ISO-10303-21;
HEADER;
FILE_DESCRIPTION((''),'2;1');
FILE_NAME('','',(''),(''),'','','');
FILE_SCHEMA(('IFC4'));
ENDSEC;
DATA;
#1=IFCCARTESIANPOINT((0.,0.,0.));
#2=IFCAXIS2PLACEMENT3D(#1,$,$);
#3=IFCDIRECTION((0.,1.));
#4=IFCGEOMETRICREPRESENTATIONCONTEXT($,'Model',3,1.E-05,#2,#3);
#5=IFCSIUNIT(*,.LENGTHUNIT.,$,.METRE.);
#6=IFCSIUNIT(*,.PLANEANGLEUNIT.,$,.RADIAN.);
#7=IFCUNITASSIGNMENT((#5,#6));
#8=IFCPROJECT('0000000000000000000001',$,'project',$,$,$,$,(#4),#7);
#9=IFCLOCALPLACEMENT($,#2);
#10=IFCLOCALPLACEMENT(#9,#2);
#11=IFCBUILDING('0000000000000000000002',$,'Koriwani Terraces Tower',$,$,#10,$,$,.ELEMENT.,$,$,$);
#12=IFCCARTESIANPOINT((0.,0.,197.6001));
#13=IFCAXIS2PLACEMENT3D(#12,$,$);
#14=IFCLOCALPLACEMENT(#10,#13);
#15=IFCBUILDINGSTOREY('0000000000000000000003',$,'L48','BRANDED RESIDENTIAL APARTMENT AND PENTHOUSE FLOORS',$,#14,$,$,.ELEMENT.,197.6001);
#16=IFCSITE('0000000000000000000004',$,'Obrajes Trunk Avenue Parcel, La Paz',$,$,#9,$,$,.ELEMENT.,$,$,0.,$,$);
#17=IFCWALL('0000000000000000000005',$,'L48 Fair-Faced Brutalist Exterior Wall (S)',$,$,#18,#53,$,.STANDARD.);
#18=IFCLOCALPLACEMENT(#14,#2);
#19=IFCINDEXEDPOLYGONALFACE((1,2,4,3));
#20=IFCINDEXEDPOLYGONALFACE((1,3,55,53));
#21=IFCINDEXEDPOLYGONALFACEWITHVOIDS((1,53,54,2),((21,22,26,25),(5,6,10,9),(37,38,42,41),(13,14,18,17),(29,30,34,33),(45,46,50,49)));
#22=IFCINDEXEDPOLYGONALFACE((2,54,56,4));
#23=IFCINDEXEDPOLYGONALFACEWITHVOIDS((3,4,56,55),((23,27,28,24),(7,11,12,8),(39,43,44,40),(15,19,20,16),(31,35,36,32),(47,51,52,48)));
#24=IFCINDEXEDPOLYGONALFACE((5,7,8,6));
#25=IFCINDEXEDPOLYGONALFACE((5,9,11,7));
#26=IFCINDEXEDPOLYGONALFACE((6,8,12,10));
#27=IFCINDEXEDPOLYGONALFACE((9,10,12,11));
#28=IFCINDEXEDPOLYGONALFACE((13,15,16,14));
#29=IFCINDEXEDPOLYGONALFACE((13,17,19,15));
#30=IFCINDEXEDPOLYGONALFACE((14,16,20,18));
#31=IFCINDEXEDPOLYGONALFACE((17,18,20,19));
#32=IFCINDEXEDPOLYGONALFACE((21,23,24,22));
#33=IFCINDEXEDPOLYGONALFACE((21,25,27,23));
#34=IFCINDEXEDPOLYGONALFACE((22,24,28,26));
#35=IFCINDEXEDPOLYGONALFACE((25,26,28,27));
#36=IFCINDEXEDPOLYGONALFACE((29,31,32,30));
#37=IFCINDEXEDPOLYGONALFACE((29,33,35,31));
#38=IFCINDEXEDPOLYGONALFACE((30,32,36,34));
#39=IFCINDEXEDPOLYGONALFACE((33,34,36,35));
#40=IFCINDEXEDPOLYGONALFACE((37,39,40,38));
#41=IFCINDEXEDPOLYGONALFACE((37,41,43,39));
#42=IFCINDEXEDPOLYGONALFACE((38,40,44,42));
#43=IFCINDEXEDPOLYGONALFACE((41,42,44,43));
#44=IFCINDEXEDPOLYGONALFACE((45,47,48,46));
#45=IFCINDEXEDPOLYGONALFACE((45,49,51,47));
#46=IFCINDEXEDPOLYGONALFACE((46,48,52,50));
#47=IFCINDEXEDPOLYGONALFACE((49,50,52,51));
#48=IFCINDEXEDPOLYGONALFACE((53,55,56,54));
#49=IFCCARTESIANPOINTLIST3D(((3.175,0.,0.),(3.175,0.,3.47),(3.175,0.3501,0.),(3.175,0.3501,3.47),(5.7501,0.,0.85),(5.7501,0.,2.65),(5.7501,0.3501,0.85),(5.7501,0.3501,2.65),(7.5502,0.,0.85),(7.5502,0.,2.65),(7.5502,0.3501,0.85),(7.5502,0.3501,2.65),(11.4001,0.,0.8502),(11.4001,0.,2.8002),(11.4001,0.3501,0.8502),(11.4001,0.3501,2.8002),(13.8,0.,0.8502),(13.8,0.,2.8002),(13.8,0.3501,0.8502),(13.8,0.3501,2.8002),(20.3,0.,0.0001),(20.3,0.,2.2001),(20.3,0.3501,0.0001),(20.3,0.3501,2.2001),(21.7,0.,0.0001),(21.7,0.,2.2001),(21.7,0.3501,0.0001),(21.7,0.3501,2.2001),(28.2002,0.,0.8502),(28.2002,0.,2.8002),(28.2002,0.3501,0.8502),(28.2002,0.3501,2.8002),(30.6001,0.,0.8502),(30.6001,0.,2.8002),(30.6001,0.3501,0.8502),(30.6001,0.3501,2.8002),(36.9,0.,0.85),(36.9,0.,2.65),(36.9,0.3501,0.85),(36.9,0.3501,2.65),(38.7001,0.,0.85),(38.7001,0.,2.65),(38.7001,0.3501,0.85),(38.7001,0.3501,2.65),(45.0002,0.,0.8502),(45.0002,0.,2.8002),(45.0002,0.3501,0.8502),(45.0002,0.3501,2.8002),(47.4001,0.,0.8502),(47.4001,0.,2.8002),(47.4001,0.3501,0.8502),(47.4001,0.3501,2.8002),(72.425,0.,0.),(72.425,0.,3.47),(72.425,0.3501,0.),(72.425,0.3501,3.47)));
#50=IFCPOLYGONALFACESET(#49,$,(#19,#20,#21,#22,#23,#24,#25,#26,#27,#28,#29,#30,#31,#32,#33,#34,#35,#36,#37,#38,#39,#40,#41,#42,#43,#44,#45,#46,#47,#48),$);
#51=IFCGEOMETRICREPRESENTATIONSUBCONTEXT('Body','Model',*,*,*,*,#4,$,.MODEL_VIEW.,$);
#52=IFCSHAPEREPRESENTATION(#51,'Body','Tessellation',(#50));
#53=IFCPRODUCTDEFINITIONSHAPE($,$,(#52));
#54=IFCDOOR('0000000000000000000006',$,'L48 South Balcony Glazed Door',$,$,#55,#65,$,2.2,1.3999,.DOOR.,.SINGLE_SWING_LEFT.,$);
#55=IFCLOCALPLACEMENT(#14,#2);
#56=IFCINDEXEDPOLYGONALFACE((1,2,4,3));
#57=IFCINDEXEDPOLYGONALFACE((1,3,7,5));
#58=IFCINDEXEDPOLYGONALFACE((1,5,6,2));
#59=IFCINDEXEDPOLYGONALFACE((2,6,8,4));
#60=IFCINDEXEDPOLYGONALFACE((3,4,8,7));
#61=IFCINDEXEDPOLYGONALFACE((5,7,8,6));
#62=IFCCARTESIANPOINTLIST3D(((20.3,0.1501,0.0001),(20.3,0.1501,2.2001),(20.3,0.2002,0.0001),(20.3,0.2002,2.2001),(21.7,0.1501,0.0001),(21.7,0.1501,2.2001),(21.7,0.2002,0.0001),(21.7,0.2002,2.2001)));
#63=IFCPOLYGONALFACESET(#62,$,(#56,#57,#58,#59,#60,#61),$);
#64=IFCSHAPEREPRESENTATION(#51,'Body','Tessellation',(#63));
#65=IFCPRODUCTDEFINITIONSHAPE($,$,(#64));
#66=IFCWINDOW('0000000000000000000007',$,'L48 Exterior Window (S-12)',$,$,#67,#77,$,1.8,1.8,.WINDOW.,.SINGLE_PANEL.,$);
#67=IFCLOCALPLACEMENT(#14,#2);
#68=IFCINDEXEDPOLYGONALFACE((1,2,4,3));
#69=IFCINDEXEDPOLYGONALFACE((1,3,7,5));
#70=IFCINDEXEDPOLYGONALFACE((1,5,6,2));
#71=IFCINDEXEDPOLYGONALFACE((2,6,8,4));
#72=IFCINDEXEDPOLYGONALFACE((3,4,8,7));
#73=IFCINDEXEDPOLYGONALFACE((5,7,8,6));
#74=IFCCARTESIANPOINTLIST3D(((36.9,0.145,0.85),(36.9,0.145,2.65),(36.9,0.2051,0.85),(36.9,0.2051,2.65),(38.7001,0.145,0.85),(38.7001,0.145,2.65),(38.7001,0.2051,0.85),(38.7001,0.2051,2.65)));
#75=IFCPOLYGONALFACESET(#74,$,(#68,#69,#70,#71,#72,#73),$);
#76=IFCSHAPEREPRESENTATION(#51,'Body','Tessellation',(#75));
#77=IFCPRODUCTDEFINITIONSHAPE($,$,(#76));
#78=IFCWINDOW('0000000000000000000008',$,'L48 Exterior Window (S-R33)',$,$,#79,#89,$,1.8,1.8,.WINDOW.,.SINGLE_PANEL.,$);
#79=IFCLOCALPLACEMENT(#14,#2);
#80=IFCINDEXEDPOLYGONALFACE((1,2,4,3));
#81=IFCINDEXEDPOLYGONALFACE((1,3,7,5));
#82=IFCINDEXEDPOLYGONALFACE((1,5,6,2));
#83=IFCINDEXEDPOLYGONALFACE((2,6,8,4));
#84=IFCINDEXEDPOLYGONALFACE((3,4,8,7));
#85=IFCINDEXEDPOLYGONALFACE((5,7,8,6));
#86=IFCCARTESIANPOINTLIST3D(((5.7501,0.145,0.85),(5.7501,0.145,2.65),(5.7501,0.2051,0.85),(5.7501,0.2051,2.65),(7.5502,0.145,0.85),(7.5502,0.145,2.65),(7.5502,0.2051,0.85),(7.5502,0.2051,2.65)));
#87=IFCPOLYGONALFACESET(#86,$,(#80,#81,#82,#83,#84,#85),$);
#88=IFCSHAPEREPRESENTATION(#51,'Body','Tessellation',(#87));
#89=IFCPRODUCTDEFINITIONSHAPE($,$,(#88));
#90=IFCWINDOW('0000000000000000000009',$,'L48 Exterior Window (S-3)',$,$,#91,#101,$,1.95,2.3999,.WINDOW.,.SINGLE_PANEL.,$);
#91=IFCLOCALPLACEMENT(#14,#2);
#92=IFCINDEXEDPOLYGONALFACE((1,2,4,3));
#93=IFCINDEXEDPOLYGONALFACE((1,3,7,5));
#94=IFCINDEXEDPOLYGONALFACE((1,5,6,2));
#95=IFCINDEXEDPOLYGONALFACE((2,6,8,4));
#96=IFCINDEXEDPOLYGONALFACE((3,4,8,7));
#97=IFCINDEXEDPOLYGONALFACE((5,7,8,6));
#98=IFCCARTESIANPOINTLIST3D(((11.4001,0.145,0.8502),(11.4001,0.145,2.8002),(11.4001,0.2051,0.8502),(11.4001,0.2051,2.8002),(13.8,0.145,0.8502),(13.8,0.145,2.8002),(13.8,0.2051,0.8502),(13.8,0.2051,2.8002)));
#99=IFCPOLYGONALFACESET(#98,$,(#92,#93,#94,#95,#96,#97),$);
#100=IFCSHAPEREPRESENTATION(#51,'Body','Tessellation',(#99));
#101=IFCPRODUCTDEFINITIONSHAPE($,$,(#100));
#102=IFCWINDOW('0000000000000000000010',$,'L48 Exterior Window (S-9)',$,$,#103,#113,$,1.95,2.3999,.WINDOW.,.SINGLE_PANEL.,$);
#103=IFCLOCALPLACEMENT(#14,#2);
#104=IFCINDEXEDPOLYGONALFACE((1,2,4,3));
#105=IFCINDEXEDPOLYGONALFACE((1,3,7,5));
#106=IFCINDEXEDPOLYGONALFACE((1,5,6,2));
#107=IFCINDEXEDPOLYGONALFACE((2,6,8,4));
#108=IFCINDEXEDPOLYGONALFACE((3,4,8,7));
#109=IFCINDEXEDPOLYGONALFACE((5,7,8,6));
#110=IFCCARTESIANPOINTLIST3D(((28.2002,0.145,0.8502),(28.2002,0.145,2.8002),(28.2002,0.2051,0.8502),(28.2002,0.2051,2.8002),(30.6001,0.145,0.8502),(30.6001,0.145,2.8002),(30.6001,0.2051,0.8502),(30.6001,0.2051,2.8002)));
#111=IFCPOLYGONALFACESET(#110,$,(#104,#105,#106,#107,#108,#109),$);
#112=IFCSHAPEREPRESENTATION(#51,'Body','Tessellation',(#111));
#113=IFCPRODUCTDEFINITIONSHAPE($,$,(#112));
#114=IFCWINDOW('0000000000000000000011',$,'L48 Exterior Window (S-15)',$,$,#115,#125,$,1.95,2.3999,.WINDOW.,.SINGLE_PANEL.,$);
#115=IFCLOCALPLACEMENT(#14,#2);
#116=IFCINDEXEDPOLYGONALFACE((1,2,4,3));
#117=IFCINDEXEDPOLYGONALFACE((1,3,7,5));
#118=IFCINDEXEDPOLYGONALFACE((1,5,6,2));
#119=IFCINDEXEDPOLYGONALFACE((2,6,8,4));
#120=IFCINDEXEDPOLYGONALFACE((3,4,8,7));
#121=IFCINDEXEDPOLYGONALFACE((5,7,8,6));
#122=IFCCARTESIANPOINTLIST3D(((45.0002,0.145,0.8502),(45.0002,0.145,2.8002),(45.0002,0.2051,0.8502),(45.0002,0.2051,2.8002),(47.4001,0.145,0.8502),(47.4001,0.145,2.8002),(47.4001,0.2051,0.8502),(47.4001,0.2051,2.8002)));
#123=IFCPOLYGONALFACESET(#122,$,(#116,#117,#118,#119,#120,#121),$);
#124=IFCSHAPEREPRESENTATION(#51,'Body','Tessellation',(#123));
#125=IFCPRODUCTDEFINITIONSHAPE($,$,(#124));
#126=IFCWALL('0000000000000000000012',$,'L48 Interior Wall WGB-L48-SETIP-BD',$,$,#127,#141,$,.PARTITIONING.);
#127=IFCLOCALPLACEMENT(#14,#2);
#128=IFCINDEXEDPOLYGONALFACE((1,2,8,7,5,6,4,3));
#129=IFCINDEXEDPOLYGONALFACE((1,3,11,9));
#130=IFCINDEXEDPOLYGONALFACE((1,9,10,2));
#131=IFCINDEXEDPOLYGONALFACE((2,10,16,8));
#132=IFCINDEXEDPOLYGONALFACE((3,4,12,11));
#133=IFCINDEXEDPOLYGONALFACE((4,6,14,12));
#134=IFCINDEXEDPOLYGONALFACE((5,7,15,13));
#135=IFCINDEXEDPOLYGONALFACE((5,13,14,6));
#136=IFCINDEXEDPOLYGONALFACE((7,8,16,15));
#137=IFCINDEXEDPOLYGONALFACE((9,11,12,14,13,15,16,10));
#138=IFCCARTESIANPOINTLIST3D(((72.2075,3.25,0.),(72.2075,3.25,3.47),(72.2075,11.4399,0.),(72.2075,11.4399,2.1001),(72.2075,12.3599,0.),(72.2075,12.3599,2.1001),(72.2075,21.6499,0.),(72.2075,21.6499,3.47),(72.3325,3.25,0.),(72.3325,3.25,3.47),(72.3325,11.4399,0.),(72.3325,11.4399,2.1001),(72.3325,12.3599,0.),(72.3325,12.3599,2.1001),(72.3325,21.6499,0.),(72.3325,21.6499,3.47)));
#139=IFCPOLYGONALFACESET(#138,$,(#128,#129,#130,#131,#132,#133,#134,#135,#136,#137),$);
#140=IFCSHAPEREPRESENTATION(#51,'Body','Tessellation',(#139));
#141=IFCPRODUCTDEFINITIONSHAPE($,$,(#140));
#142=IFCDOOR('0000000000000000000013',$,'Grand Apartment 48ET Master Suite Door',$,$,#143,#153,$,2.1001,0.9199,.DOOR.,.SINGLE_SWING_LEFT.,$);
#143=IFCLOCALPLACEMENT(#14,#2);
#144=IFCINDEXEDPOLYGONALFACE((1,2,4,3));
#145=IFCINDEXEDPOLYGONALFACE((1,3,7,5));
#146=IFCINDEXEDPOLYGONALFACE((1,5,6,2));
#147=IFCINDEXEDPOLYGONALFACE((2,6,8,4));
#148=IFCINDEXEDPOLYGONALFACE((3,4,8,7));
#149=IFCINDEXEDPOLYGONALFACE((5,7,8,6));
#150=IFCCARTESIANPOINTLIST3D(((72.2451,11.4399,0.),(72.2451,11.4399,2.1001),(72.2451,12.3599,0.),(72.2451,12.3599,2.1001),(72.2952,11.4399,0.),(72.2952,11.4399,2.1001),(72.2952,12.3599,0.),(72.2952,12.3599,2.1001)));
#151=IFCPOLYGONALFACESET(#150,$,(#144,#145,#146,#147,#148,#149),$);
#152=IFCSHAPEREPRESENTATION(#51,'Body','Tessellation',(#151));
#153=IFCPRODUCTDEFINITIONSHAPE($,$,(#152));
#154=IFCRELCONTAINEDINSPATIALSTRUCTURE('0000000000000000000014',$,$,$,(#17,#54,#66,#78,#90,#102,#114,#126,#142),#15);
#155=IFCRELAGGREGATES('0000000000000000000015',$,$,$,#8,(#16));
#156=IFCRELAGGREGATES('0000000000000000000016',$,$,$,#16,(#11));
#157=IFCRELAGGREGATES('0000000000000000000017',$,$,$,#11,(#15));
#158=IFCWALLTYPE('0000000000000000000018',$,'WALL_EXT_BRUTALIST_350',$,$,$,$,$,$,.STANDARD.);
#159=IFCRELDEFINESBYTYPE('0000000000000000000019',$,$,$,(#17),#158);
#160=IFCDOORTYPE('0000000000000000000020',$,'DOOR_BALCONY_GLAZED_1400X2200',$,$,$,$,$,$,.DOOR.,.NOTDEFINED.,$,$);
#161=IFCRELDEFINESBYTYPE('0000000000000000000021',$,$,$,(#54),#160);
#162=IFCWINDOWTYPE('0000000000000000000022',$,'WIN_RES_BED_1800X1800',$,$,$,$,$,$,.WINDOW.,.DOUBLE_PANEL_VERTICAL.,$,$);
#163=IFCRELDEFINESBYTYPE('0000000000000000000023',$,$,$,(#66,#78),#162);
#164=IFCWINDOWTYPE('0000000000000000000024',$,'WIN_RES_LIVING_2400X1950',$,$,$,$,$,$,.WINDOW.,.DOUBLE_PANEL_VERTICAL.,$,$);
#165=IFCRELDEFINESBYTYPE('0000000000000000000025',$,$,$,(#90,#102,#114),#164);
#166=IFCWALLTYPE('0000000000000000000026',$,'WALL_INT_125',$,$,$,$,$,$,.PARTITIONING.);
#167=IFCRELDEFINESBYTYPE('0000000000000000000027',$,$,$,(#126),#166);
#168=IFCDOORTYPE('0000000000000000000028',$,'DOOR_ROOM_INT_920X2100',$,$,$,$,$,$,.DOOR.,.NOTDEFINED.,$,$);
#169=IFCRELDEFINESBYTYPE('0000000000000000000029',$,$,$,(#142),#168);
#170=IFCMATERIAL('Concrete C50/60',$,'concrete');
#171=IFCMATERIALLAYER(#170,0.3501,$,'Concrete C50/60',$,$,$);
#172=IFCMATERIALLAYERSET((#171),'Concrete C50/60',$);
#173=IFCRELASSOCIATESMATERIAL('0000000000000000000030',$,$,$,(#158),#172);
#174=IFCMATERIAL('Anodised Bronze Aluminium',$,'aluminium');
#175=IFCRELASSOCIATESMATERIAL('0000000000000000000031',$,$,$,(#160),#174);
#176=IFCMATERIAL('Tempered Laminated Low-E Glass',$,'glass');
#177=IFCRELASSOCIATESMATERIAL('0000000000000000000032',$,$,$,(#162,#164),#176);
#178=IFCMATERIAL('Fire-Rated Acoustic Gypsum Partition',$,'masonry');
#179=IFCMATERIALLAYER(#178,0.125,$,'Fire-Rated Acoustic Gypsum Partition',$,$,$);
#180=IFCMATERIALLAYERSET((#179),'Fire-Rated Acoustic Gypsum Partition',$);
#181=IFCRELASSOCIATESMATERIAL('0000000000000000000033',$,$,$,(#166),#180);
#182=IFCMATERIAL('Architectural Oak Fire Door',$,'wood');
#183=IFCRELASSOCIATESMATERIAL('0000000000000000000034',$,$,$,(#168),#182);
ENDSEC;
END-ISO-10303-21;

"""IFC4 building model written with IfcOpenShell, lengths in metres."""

from ifc_helpers import new_model, si_unit, direction, frame, frame_2d, origin, place, context, subcontext, project, spatial, rectangle, extrude, material, layer, layer_set, type_object, element, fill, save


model = new_model("IFC4")

# Units and contexts
model_context = context("Model", 3, precision=1e-05, world=origin(), true_north=direction((0.0, 1.0)))
body_context = subcontext(model_context, "Body", "Model", "MODEL_VIEW")
ifc_project = project(units=[si_unit("LENGTHUNIT", "METRE"), si_unit("PLANEANGLEUNIT", "RADIAN")], contexts=[model_context])

# Site, building, storey
site_placement = place(None, origin())
site = spatial("IfcSite", under=ifc_project, at=site_placement, Name="Obrajes Trunk Avenue Parcel, La Paz", CompositionType="ELEMENT", RefElevation=0.0)
building_placement = place(site_placement, origin())
building = spatial("IfcBuilding", under=site, at=building_placement, Name="Koriwani Terraces Tower", CompositionType="ELEMENT")
storey_placement = place(building_placement, frame((0.0, 0.0, 197.6001)))
storey = spatial("IfcBuildingStorey", under=building, at=storey_placement, Name="L48", Description="BRANDED RESIDENTIAL APARTMENT AND PENTHOUSE FLOORS", CompositionType="ELEMENT", Elevation=197.6001)

# Shared definitions
ifc_material_1 = material(Name="Concrete C50/60", Category="concrete")

# Shared definitions
ifc_material_2 = material(Name="Architectural Oak Fire Door", Category="wood")

# Shared definitions
ifc_layer_1 = layer(ifc_material_1, 0.3501, Name="Concrete C50/60")
ifc_layer_set_1 = layer_set([ifc_layer_1], Name="Concrete C50/60")
wall_type_1 = type_object("IfcWallType", Name="WALL_EXT_BRUTALIST_350", PredefinedType="STANDARD", material=ifc_layer_set_1)

# Wall, openings, door, windows
wall_1_placement = place(storey_placement, frame((72.425, 0.175, 0.0), z_axis=(0.0, 0.0, 1.0), x_axis=(-1.0, 0.0, 0.0)))
wall_1 = element("IfcWall", 1, at=wall_1_placement, inside=storey, type_object=wall_type_1, Name="L48 Fair-Faced Brutalist Exterior Wall (S)", PredefinedType="STANDARD", context=body_context, shape_type="SweptSolid", body=[
    extrude(rectangle(XDim=69.25, YDim=0.3501, at=frame_2d((34.625, 0.0))), origin(), (0.0, 0.0, 1.0), 3.47),
])
opening_1_placement = place(wall_1_placement, frame((50.7251, 0.0, 0.0)))
opening_1 = element("IfcOpeningElement", 2, at=opening_1_placement, cuts=wall_1, PredefinedType="OPENING", context=body_context, shape_type="SweptSolid", body=[
    extrude(rectangle(XDim=1.3999, YDim=2.2, at=frame_2d((0.7, 1.1001))), frame((0.0, 0.1851, 0.0), z_axis=(0.0, -1.0, 0.0), x_axis=(1.0, 0.0, 0.0)), (0.0, 0.0, 1.0), 0.3701),
])
opening_2_placement = place(wall_1_placement, frame((58.625, 0.0, 0.8501)))
opening_2 = element("IfcOpeningElement", 3, at=opening_2_placement, cuts=wall_1, PredefinedType="OPENING", context=body_context, shape_type="SweptSolid", body=[
    extrude(rectangle(XDim=2.3999, YDim=1.95, at=frame_2d((1.2, 0.9751))), frame((0.0, 0.1851, 0.0), z_axis=(0.0, -1.0, 0.0), x_axis=(1.0, 0.0, 0.0)), (0.0, 0.0, 1.0), 0.3701),
])
opening_3_placement = place(wall_1_placement, frame((41.825, 0.0, 0.8501)))
opening_3 = element("IfcOpeningElement", 4, at=opening_3_placement, cuts=wall_1, PredefinedType="OPENING", context=body_context, shape_type="SweptSolid", body=[
    extrude(rectangle(XDim=2.3999, YDim=1.95, at=frame_2d((1.2, 0.9751))), frame((0.0, 0.1851, 0.0), z_axis=(0.0, -1.0, 0.0), x_axis=(1.0, 0.0, 0.0)), (0.0, 0.0, 1.0), 0.3701),
])
opening_4_placement = place(wall_1_placement, frame((33.7251, 0.0, 0.8501)))
opening_4 = element("IfcOpeningElement", 5, at=opening_4_placement, cuts=wall_1, PredefinedType="OPENING", context=body_context, shape_type="SweptSolid", body=[
    extrude(rectangle(XDim=1.8, YDim=1.8, at=frame_2d((0.8999, 0.8999))), frame((0.0, 0.1851, 0.0), z_axis=(0.0, -1.0, 0.0), x_axis=(1.0, 0.0, 0.0)), (0.0, 0.0, 1.0), 0.3701),
])
opening_5_placement = place(wall_1_placement, frame((25.0249, 0.0, 0.8501)))
opening_5 = element("IfcOpeningElement", 6, at=opening_5_placement, cuts=wall_1, PredefinedType="OPENING", context=body_context, shape_type="SweptSolid", body=[
    extrude(rectangle(XDim=2.3999, YDim=1.95, at=frame_2d((1.2, 0.9751))), frame((0.0, 0.1851, 0.0), z_axis=(0.0, -1.0, 0.0), x_axis=(1.0, 0.0, 0.0)), (0.0, 0.0, 1.0), 0.3701),
])
opening_6_placement = place(wall_1_placement, frame((64.875, 0.0, 0.8501)))
opening_6 = element("IfcOpeningElement", 7, at=opening_6_placement, cuts=wall_1, PredefinedType="OPENING", context=body_context, shape_type="SweptSolid", body=[
    extrude(rectangle(XDim=1.8, YDim=1.8, at=frame_2d((0.8999, 0.8999))), frame((0.0, 0.1851, 0.0), z_axis=(0.0, -1.0, 0.0), x_axis=(1.0, 0.0, 0.0)), (0.0, 0.0, 1.0), 0.3701),
])
ifc_material_3 = material(Name="Anodised Bronze Aluminium", Category="aluminium")
door_type_1 = type_object("IfcDoorType", Name="DOOR_BALCONY_GLAZED_1400X2200", OperationType="NOTDEFINED", PredefinedType="DOOR", material=ifc_material_3)
door_1_placement = place(opening_1_placement, origin())
door_1 = element("IfcDoor", 8, at=door_1_placement, inside=storey, type_object=door_type_1, Name="L48 South Balcony Glazed Door", OperationType="SINGLE_SWING_LEFT", OverallHeight=2.2, OverallWidth=1.3999, PredefinedType="DOOR", context=body_context, shape_type="SweptSolid", body=[
    extrude(rectangle(XDim=1.3999, YDim=2.2, at=frame_2d((0.7, 1.1001))), frame((0.0, 0.0249, 0.0), z_axis=(0.0, -1.0, 0.0), x_axis=(1.0, 0.0, 0.0)), (0.0, 0.0, 1.0), 0.05),
])
fill(opening_1, door_1)
ifc_material_4 = material(Name="Tempered Laminated Low-E Glass", Category="glass")
window_type_1 = type_object("IfcWindowType", Name="WIN_RES_BED_1800X1800", PartitioningType="DOUBLE_PANEL_VERTICAL", PredefinedType="WINDOW", material=ifc_material_4)
window_1_placement = place(opening_4_placement, origin())
window_1 = element("IfcWindow", 9, at=window_1_placement, inside=storey, type_object=window_type_1, Name="L48 Exterior Window (S-12)", OverallHeight=1.8, OverallWidth=1.8, PartitioningType="SINGLE_PANEL", PredefinedType="WINDOW", context=body_context, shape_type="SweptSolid", body=[
    extrude(rectangle(XDim=1.8, YDim=1.8, at=frame_2d((0.8999, 0.8999))), frame((0.0, 0.03, 0.0), z_axis=(0.0, -1.0, 0.0), x_axis=(1.0, 0.0, 0.0)), (0.0, 0.0, 1.0), 0.0601),
])
fill(opening_4, window_1)
window_2_placement = place(opening_6_placement, origin())
window_2 = element("IfcWindow", 10, at=window_2_placement, inside=storey, type_object=window_type_1, Name="L48 Exterior Window (S-R33)", OverallHeight=1.8, OverallWidth=1.8, PartitioningType="SINGLE_PANEL", PredefinedType="WINDOW", context=body_context, shape_type="SweptSolid", body=[
    extrude(rectangle(XDim=1.8, YDim=1.8, at=frame_2d((0.8999, 0.8999))), frame((0.0, 0.03, 0.0), z_axis=(0.0, -1.0, 0.0), x_axis=(1.0, 0.0, 0.0)), (0.0, 0.0, 1.0), 0.0601),
])
fill(opening_6, window_2)
window_type_2 = type_object("IfcWindowType", Name="WIN_RES_LIVING_2400X1950", PartitioningType="DOUBLE_PANEL_VERTICAL", PredefinedType="WINDOW", material=ifc_material_4)
window_3_placement = place(opening_2_placement, origin())
window_3 = element("IfcWindow", 11, at=window_3_placement, inside=storey, type_object=window_type_2, Name="L48 Exterior Window (S-3)", OverallHeight=1.95, OverallWidth=2.3999, PartitioningType="SINGLE_PANEL", PredefinedType="WINDOW", context=body_context, shape_type="SweptSolid", body=[
    extrude(rectangle(XDim=2.3999, YDim=1.95, at=frame_2d((1.2, 0.9751))), frame((0.0, 0.03, 0.0), z_axis=(0.0, -1.0, 0.0), x_axis=(1.0, 0.0, 0.0)), (0.0, 0.0, 1.0), 0.0601),
])
fill(opening_2, window_3)
window_4_placement = place(opening_3_placement, origin())
window_4 = element("IfcWindow", 12, at=window_4_placement, inside=storey, type_object=window_type_2, Name="L48 Exterior Window (S-9)", OverallHeight=1.95, OverallWidth=2.3999, PartitioningType="SINGLE_PANEL", PredefinedType="WINDOW", context=body_context, shape_type="SweptSolid", body=[
    extrude(rectangle(XDim=2.3999, YDim=1.95, at=frame_2d((1.2, 0.9751))), frame((0.0, 0.03, 0.0), z_axis=(0.0, -1.0, 0.0), x_axis=(1.0, 0.0, 0.0)), (0.0, 0.0, 1.0), 0.0601),
])
fill(opening_3, window_4)
window_5_placement = place(opening_5_placement, origin())
window_5 = element("IfcWindow", 13, at=window_5_placement, inside=storey, type_object=window_type_2, Name="L48 Exterior Window (S-15)", OverallHeight=1.95, OverallWidth=2.3999, PartitioningType="SINGLE_PANEL", PredefinedType="WINDOW", context=body_context, shape_type="SweptSolid", body=[
    extrude(rectangle(XDim=2.3999, YDim=1.95, at=frame_2d((1.2, 0.9751))), frame((0.0, 0.03, 0.0), z_axis=(0.0, -1.0, 0.0), x_axis=(1.0, 0.0, 0.0)), (0.0, 0.0, 1.0), 0.0601),
])
fill(opening_5, window_5)

# Wall, opening, door
ifc_material_5 = material(Name="Fire-Rated Acoustic Gypsum Partition", Category="masonry")
ifc_layer_2 = layer(ifc_material_5, 0.125, Name="Fire-Rated Acoustic Gypsum Partition")
ifc_layer_set_2 = layer_set([ifc_layer_2], Name="Fire-Rated Acoustic Gypsum Partition")
wall_type_2 = type_object("IfcWallType", Name="WALL_INT_125", PredefinedType="PARTITIONING", material=ifc_layer_set_2)
wall_2_placement = place(storey_placement, frame((72.27, 3.25, 0.0), z_axis=(0.0, 0.0, 1.0), x_axis=(0.0, 1.0, 0.0)))
wall_2 = element("IfcWall", 14, at=wall_2_placement, inside=storey, type_object=wall_type_2, Name="L48 Interior Wall WGB-L48-SETIP-BD", PredefinedType="PARTITIONING", context=body_context, shape_type="SweptSolid", body=[
    extrude(rectangle(XDim=18.3999, YDim=0.125, at=frame_2d((9.2, 0.0))), origin(), (0.0, 0.0, 1.0), 3.47),
])
opening_7_placement = place(wall_2_placement, frame((8.1899, 0.0, 0.0)))
opening_7 = element("IfcOpeningElement", 15, at=opening_7_placement, cuts=wall_2, PredefinedType="OPENING", context=body_context, shape_type="SweptSolid", body=[
    extrude(rectangle(XDim=0.9199, YDim=2.1001, at=frame_2d((0.46, 1.05))), frame((0.0, 0.0725, 0.0), z_axis=(0.0, -1.0, 0.0), x_axis=(1.0, 0.0, 0.0)), (0.0, 0.0, 1.0), 0.145),
])
door_type_2 = type_object("IfcDoorType", Name="DOOR_ROOM_INT_920X2100", OperationType="NOTDEFINED", PredefinedType="DOOR", material=ifc_material_2)
door_2_placement = place(opening_7_placement, origin())
door_2 = element("IfcDoor", 16, at=door_2_placement, inside=storey, type_object=door_type_2, Name="Grand Apartment 48ET Master Suite Door", OperationType="SINGLE_SWING_LEFT", OverallHeight=2.1001, OverallWidth=0.9199, PredefinedType="DOOR", context=body_context, shape_type="SweptSolid", body=[
    extrude(rectangle(XDim=0.9199, YDim=2.1001, at=frame_2d((0.46, 1.05))), frame((0.0, 0.0249, 0.0), z_axis=(0.0, -1.0, 0.0), x_axis=(1.0, 0.0, 0.0)), (0.0, 0.0, 1.0), 0.05),
])
fill(opening_7, door_2)

save(model, "model.ifc")
